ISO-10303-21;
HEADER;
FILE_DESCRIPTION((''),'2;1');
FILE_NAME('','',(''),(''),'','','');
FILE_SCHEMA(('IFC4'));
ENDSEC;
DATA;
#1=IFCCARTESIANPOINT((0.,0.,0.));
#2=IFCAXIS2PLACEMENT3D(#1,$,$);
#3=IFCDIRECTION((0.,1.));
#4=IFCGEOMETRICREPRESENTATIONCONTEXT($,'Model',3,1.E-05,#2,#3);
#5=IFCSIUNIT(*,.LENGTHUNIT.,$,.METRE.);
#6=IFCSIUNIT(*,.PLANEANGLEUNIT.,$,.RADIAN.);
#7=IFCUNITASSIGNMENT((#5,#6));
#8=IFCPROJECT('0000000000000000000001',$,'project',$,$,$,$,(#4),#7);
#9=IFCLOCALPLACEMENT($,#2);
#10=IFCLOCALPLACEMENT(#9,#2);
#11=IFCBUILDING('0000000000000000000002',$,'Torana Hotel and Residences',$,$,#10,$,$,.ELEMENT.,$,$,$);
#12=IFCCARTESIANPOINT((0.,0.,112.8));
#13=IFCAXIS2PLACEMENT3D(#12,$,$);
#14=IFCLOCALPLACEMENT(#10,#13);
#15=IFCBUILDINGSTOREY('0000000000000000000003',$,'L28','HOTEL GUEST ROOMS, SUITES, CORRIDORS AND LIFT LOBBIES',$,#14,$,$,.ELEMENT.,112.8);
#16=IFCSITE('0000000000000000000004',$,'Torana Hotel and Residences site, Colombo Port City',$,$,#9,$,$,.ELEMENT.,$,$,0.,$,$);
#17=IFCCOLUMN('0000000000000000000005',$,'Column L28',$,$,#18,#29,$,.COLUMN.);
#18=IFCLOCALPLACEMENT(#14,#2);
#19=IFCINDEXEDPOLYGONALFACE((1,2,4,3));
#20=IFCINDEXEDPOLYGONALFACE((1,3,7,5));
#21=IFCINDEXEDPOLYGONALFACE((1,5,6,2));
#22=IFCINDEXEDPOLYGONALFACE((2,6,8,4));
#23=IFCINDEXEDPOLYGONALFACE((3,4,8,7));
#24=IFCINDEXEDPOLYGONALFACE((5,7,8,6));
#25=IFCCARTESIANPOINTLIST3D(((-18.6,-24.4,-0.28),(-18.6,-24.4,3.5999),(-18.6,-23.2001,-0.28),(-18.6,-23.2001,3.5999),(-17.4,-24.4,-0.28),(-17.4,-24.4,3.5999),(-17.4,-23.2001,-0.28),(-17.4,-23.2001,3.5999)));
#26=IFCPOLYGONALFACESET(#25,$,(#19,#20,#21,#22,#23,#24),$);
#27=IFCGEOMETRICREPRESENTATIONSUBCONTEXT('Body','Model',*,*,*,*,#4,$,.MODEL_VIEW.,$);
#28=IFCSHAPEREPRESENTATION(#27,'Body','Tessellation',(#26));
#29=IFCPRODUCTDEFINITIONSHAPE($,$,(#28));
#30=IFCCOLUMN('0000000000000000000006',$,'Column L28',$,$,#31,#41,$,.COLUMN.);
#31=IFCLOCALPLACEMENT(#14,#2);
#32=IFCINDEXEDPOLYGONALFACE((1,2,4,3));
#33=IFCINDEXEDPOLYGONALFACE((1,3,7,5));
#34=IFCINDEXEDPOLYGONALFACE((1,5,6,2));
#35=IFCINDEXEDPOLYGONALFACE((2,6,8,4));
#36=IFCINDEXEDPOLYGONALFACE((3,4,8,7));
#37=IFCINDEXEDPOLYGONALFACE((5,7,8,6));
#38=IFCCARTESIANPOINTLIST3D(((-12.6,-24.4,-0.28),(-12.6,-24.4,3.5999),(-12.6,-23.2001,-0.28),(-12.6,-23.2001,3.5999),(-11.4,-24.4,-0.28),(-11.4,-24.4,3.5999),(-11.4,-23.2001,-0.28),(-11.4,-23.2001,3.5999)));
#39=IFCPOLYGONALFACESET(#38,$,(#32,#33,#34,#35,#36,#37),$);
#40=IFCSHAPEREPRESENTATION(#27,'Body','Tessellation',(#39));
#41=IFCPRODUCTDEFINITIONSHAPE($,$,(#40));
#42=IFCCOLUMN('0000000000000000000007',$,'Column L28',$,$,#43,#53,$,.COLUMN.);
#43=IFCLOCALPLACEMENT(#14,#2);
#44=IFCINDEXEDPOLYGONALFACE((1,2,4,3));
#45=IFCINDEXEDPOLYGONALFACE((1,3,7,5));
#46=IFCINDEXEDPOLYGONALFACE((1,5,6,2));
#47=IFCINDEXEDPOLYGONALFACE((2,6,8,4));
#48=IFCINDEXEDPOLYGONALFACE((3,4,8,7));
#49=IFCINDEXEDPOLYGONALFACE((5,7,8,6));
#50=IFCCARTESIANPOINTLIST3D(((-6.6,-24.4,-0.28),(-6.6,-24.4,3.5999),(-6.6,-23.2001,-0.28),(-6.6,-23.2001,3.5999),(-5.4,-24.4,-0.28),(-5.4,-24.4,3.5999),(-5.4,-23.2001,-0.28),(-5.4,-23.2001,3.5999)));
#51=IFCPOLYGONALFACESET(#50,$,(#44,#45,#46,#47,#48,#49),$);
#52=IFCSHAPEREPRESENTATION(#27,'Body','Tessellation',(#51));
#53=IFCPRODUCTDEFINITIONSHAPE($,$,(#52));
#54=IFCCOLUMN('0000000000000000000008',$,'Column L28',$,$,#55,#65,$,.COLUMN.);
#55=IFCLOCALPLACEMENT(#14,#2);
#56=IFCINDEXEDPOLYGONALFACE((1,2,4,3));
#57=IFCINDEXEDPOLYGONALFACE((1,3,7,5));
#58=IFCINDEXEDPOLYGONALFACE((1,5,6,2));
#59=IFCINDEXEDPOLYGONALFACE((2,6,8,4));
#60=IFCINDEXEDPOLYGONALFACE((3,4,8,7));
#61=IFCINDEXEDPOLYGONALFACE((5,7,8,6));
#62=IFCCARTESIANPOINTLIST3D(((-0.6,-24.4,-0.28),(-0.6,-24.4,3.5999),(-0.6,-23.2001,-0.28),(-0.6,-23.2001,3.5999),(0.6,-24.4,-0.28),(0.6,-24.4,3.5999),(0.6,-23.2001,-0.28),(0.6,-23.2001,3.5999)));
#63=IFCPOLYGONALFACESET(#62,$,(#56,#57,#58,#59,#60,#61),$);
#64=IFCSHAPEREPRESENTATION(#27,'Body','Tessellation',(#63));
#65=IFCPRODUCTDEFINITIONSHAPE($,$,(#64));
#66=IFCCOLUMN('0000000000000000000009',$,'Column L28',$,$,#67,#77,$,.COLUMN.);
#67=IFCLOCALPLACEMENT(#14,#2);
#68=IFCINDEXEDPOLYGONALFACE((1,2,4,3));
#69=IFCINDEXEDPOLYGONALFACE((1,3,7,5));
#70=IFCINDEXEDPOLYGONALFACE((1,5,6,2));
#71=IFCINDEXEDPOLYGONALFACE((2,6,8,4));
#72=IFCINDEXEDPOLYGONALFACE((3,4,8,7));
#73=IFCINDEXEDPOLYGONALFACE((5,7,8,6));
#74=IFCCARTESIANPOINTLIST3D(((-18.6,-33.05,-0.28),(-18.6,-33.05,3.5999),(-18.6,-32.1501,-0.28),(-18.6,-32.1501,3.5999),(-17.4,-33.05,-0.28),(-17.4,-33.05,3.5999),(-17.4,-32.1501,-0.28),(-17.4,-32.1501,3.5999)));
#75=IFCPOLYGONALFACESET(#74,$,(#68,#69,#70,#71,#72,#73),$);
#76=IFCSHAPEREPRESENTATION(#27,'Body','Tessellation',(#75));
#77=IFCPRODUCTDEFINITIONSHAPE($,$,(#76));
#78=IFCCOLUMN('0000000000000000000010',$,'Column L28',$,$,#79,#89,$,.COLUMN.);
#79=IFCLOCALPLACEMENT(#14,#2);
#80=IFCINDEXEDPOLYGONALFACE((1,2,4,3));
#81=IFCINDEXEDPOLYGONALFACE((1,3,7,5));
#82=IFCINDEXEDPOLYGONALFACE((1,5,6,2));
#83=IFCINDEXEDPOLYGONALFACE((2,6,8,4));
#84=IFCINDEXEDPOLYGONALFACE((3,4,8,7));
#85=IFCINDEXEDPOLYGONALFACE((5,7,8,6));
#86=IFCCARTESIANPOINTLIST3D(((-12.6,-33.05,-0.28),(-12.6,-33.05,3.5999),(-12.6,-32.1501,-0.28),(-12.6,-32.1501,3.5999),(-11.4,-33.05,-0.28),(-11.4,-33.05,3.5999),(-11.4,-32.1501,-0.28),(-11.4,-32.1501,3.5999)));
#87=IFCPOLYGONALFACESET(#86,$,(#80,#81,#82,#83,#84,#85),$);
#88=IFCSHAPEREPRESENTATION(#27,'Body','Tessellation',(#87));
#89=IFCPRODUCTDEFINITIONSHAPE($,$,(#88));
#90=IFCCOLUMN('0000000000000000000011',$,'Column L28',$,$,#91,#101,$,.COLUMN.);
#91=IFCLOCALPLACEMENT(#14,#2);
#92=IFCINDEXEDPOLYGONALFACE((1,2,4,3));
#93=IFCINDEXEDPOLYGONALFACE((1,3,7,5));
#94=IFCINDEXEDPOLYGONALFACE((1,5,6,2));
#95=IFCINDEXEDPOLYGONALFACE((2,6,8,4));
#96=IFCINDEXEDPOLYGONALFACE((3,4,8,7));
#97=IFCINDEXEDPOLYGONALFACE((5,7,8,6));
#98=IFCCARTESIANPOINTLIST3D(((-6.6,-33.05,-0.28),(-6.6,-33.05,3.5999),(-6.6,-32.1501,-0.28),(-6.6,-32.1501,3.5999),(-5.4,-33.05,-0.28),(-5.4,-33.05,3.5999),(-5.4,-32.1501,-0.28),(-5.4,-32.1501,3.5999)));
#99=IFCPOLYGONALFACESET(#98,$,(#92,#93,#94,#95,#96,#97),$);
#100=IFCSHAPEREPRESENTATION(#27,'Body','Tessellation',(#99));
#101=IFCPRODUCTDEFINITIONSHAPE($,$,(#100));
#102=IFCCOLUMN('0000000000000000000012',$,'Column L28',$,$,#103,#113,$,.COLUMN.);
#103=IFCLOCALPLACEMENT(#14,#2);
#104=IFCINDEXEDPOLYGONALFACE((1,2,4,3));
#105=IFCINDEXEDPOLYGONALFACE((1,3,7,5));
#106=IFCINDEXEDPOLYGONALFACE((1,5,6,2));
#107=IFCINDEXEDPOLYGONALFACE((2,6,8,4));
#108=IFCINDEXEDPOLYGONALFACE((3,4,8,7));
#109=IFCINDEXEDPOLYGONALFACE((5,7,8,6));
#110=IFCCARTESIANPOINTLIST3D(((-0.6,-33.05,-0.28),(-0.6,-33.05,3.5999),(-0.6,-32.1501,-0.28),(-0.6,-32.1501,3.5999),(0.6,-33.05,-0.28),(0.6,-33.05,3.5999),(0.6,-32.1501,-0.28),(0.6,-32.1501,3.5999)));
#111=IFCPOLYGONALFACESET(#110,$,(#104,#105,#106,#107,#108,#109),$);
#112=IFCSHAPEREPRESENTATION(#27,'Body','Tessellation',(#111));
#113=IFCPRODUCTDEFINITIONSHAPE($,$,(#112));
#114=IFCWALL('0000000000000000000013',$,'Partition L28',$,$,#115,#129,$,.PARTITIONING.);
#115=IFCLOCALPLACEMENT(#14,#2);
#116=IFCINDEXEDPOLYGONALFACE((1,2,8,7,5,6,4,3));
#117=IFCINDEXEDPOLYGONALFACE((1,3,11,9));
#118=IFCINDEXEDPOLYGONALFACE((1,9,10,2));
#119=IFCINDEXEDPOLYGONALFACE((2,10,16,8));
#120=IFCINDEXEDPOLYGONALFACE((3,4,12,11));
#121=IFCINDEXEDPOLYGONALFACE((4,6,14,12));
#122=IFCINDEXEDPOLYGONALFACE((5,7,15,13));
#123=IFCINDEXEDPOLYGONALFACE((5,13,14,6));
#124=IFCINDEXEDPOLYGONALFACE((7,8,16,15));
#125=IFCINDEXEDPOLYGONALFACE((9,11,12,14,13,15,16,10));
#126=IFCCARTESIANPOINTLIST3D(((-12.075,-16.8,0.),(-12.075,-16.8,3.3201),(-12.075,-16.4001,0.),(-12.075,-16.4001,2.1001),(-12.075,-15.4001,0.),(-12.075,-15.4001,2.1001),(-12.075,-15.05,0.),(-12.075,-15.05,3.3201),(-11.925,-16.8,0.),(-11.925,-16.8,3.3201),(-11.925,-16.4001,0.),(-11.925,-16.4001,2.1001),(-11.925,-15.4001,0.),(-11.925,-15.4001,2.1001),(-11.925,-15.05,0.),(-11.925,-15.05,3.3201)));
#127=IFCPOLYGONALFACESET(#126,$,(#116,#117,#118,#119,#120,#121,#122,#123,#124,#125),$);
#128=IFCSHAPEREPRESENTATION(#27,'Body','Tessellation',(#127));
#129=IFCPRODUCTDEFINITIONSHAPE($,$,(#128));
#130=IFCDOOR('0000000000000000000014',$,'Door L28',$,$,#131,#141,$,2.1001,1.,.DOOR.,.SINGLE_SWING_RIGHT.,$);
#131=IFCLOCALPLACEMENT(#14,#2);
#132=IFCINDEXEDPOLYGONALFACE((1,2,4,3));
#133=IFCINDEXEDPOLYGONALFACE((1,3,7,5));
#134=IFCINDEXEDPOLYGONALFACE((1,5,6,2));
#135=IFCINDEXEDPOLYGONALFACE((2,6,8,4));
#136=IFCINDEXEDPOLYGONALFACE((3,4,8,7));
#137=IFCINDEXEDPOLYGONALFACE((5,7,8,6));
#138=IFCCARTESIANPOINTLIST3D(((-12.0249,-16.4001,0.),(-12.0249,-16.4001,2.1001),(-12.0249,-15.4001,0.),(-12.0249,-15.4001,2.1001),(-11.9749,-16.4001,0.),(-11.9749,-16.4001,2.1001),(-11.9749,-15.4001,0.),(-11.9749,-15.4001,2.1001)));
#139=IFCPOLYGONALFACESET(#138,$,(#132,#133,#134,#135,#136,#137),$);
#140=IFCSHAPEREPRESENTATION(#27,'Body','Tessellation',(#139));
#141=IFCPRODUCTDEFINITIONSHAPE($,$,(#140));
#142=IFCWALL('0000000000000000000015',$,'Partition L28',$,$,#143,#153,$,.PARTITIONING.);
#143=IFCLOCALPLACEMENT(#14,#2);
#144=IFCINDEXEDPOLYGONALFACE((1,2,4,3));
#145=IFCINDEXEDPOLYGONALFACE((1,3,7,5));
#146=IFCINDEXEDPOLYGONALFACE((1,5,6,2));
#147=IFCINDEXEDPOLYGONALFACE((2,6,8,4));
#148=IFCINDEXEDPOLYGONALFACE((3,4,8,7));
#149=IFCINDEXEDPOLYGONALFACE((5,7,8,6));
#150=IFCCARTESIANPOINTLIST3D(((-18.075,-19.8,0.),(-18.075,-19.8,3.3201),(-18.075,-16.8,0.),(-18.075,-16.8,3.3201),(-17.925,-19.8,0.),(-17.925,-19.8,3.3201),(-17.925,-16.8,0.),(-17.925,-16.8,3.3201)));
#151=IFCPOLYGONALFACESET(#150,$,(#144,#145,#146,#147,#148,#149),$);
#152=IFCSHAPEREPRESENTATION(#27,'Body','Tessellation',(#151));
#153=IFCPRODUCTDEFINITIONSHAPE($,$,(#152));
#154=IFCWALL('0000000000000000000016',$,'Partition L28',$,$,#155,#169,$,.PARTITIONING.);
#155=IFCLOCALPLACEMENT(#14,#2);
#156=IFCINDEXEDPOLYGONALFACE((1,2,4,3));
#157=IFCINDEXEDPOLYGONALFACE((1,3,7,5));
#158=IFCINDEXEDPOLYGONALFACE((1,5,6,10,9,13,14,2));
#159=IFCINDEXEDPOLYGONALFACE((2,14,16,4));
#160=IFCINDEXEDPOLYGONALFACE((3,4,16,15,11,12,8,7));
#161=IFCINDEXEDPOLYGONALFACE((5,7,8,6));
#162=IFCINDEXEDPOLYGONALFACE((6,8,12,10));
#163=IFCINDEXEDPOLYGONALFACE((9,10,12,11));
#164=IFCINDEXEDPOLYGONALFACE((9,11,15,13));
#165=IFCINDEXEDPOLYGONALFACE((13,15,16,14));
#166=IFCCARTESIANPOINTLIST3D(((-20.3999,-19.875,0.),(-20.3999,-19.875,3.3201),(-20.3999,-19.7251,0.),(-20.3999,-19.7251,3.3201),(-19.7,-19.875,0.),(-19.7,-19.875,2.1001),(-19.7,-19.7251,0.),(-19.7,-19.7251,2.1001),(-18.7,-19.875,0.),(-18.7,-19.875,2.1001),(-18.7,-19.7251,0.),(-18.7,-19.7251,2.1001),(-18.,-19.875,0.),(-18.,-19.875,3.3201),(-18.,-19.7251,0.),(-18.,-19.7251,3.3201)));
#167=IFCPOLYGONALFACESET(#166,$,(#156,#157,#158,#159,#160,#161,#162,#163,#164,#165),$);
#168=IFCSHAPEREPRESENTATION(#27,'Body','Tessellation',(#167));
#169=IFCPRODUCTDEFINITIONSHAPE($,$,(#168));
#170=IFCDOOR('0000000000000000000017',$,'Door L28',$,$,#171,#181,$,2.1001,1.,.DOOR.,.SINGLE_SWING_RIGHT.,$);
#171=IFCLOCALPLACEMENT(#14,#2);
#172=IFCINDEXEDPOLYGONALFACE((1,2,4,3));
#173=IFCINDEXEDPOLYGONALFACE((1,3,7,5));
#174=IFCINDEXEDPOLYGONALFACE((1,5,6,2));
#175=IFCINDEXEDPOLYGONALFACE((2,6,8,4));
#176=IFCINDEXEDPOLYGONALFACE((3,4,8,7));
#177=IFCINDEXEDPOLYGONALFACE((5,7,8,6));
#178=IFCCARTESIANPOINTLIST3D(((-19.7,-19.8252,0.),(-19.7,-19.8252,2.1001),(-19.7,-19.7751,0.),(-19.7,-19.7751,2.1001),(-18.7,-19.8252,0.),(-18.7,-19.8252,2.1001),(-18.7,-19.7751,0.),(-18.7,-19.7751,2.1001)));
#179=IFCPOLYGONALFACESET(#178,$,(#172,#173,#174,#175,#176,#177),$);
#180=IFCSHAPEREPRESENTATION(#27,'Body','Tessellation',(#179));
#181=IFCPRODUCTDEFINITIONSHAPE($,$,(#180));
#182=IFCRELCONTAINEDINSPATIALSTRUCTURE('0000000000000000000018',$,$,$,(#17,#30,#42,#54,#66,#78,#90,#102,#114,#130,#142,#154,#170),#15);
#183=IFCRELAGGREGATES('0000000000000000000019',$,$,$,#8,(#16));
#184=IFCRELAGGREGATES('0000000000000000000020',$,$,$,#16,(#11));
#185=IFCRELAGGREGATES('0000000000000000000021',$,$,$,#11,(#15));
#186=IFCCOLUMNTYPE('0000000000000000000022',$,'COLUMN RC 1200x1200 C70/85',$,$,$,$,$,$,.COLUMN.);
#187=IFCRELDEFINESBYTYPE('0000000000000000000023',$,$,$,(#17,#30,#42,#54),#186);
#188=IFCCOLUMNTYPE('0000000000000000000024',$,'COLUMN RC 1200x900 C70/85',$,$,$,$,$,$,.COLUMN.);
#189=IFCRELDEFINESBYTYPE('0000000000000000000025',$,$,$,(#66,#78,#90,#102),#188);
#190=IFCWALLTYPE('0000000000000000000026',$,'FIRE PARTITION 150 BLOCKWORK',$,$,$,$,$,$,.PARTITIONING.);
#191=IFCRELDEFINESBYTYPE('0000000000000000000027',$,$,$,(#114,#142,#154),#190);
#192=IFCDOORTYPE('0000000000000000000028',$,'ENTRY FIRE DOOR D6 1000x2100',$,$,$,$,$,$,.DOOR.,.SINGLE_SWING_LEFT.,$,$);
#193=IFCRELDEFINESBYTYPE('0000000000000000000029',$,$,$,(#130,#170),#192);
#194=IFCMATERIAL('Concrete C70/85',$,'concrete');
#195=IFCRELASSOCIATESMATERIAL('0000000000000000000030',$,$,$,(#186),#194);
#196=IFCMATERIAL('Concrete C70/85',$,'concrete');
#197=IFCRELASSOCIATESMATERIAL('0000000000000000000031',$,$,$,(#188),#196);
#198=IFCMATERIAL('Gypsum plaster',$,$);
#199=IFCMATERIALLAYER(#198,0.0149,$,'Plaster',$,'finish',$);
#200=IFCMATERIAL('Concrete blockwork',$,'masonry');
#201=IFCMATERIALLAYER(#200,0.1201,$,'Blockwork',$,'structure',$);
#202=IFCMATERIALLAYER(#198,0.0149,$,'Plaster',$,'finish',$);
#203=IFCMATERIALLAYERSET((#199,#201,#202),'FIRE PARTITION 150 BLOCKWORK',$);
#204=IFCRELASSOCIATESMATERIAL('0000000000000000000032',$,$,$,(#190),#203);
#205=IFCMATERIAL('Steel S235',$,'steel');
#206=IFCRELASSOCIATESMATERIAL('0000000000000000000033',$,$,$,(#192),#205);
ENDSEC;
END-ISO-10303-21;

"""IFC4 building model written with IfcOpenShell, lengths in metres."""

from ifc_helpers import new_model, si_unit, direction, frame, frame_2d, origin, origin_2d, place, context, subcontext, project, spatial, rectangle, extrude, material, layer, layer_set, material_profile, profile_set, type_object, element, fill, save


model = new_model("IFC4")

# Units and contexts
model_context = context("Model", 3, precision=1e-05, world=origin(), true_north=direction((0.0, 1.0)))
body_context = subcontext(model_context, "Body", "Model", "MODEL_VIEW")
ifc_project = project(units=[si_unit("LENGTHUNIT", "METRE"), si_unit("PLANEANGLEUNIT", "RADIAN")], contexts=[model_context])

# Site, building, storey
site_placement = place(None, origin())
site = spatial("IfcSite", under=ifc_project, at=site_placement, Name="Torana Hotel and Residences site, Colombo Port City", CompositionType="ELEMENT", RefElevation=0.0)
building_placement = place(site_placement, origin())
building = spatial("IfcBuilding", under=site, at=building_placement, Name="Torana Hotel and Residences", CompositionType="ELEMENT")
storey_placement = place(building_placement, frame((0.0, 0.0, 112.8)))
storey = spatial("IfcBuildingStorey", under=building, at=storey_placement, Name="L28", Description="HOTEL GUEST ROOMS, SUITES, CORRIDORS AND LIFT LOBBIES", CompositionType="ELEMENT", Elevation=112.8)

# Columns
ifc_material_1 = material(Name="Concrete C70/85", Category="concrete")
ifc_material_profile_1 = material_profile(ifc_material_1, rectangle(XDim=1.2, YDim=1.2, at=origin_2d()), Name="RC 1200x1200")
ifc_profile_set_1 = profile_set([ifc_material_profile_1], Name="Concrete C70/85")
column_type_1 = type_object("IfcColumnType", Name="COLUMN RC 1200x1200 C70/85", PredefinedType="COLUMN", material=ifc_profile_set_1)
for number, where, z_axis, x_axis, name in (
    (1, (-18.0, -23.8, -0.28), (0.0, 0.0, 1.0), (1.0, 0.0, 0.0), "Column L28"),
    (2, (-12.0, -23.8, -0.28), (0.0, 0.0, 1.0), (1.0, 0.0, 0.0), "Column L28"),
    (3, (-6.0, -23.8, -0.28), (0.0, 0.0, 1.0), (1.0, 0.0, 0.0), "Column L28"),
    (4, (0.0, -23.8, -0.28), (0.0, 0.0, 1.0), (1.0, 0.0, 0.0), "Column L28"),
):
    element("IfcColumn", number, at=place(storey_placement, frame(where, z_axis=z_axis, x_axis=x_axis)), inside=storey, type_object=column_type_1, Name=name, PredefinedType="COLUMN", context=body_context, shape_type="SweptSolid", body=[
        extrude(rectangle(XDim=1.2, YDim=1.2, at=origin_2d()), origin(), (0.0, 0.0, 1.0), 3.8799),
    ])
ifc_material_2 = material(Name="Concrete C70/85", Category="concrete")
ifc_material_profile_2 = material_profile(ifc_material_2, rectangle(XDim=1.2, YDim=0.8999, at=origin_2d()), Name="RC 1200x900")
ifc_profile_set_2 = profile_set([ifc_material_profile_2], Name="Concrete C70/85")
column_type_2 = type_object("IfcColumnType", Name="COLUMN RC 1200x900 C70/85", PredefinedType="COLUMN", material=ifc_profile_set_2)
for number, where, z_axis, x_axis, name in (
    (5, (-18.0, -32.6001, -0.28), (0.0, 0.0, 1.0), (1.0, 0.0, 0.0), "Column L28"),
    (6, (-12.0, -32.6001, -0.28), (0.0, 0.0, 1.0), (1.0, 0.0, 0.0), "Column L28"),
    (7, (-6.0, -32.6001, -0.28), (0.0, 0.0, 1.0), (1.0, 0.0, 0.0), "Column L28"),
    (8, (0.0, -32.6001, -0.28), (0.0, 0.0, 1.0), (1.0, 0.0, 0.0), "Column L28"),
):
    element("IfcColumn", number, at=place(storey_placement, frame(where, z_axis=z_axis, x_axis=x_axis)), inside=storey, type_object=column_type_2, Name=name, PredefinedType="COLUMN", context=body_context, shape_type="SweptSolid", body=[
        extrude(rectangle(XDim=1.2, YDim=0.8999, at=origin_2d()), origin(), (0.0, 0.0, 1.0), 3.8799),
    ])

# Wall, opening, door
ifc_material_3 = material(Name="Gypsum plaster")
ifc_layer_1 = layer(ifc_material_3, 0.0149, Name="Plaster", Category="finish")
ifc_material_4 = material(Name="Concrete blockwork", Category="masonry")
ifc_layer_2 = layer(ifc_material_4, 0.1201, Name="Blockwork", Category="structure")
ifc_layer_3 = layer(ifc_material_3, 0.0149, Name="Plaster", Category="finish")
ifc_layer_set_1 = layer_set([ifc_layer_1, ifc_layer_2, ifc_layer_3], Name="FIRE PARTITION 150 BLOCKWORK")
wall_type_1 = type_object("IfcWallType", Name="FIRE PARTITION 150 BLOCKWORK", PredefinedType="PARTITIONING", material=ifc_layer_set_1)
wall_1_placement = place(storey_placement, frame((-12.0, -16.8, 0.0), z_axis=(0.0, 0.0, 1.0), x_axis=(0.0, 1.0, 0.0)))
wall_1 = element("IfcWall", 9, at=wall_1_placement, inside=storey, type_object=wall_type_1, Name="Partition L28", PredefinedType="PARTITIONING", context=body_context, shape_type="SweptSolid", body=[
    extrude(rectangle(XDim=1.75, YDim=0.1499, at=frame_2d((0.875, 0.0))), origin(), (0.0, 0.0, 1.0), 3.3201),
])
opening_1_placement = place(wall_1_placement, frame((0.3999, 0.0, 0.0)))
opening_1 = element("IfcOpeningElement", 10, at=opening_1_placement, cuts=wall_1, PredefinedType="OPENING", context=body_context, shape_type="SweptSolid", body=[
    extrude(rectangle(XDim=1.0, YDim=2.1001, at=frame_2d((0.5, 1.05))), frame((0.0, 0.085, 0.0), z_axis=(0.0, -1.0, 0.0), x_axis=(1.0, 0.0, 0.0)), (0.0, 0.0, 1.0), 0.1699),
])
ifc_material_5 = material(Name="Steel S235", Category="steel")
door_type_1 = type_object("IfcDoorType", Name="ENTRY FIRE DOOR D6 1000x2100", OperationType="SINGLE_SWING_LEFT", PredefinedType="DOOR", material=ifc_material_5)
door_1_placement = place(opening_1_placement, origin())
door_1 = element("IfcDoor", 11, at=door_1_placement, inside=storey, type_object=door_type_1, Name="Door L28", OperationType="SINGLE_SWING_RIGHT", OverallHeight=2.1001, OverallWidth=1.0, PredefinedType="DOOR", context=body_context, shape_type="SweptSolid", body=[
    extrude(rectangle(XDim=1.0, YDim=2.1001, at=frame_2d((0.5, 1.05))), frame((0.0, 0.0249, 0.0), z_axis=(0.0, -1.0, 0.0), x_axis=(1.0, 0.0, 0.0)), (0.0, 0.0, 1.0), 0.05),
])
fill(opening_1, door_1)

# Wall
wall_2_placement = place(storey_placement, frame((-18.0, -19.8, 0.0), z_axis=(0.0, 0.0, 1.0), x_axis=(0.0, 1.0, 0.0)))
element("IfcWall", 12, at=wall_2_placement, inside=storey, type_object=wall_type_1, Name="Partition L28", PredefinedType="PARTITIONING", context=body_context, shape_type="SweptSolid", body=[
    extrude(rectangle(XDim=3.0, YDim=0.1499, at=frame_2d((1.5, 0.0))), origin(), (0.0, 0.0, 1.0), 3.3201),
])

# Wall, opening, door
wall_3_placement = place(storey_placement, frame((-20.3999, -19.8, 0.0), z_axis=(0.0, 0.0, 1.0), x_axis=(1.0, 0.0, 0.0)))
wall_3 = element("IfcWall", 13, at=wall_3_placement, inside=storey, type_object=wall_type_1, Name="Partition L28", PredefinedType="PARTITIONING", context=body_context, shape_type="SweptSolid", body=[
    extrude(rectangle(XDim=2.3999, YDim=0.1499, at=frame_2d((1.2, 0.0))), origin(), (0.0, 0.0, 1.0), 3.3201),
])
opening_2_placement = place(wall_3_placement, frame((0.7, 0.0, 0.0)))
opening_2 = element("IfcOpeningElement", 14, at=opening_2_placement, cuts=wall_3, PredefinedType="OPENING", context=body_context, shape_type="SweptSolid", body=[
    extrude(rectangle(XDim=1.0, YDim=2.1001, at=frame_2d((0.5, 1.05))), frame((0.0, 0.085, 0.0), z_axis=(0.0, -1.0, 0.0), x_axis=(1.0, 0.0, 0.0)), (0.0, 0.0, 1.0), 0.1699),
])
door_2_placement = place(opening_2_placement, frame((0.5, 0.0, 0.0), z_axis=(0.0, 0.0, 1.0), x_axis=(-1.0, 0.0, 0.0)))
door_2 = element("IfcDoor", 15, at=door_2_placement, inside=storey, type_object=door_type_1, Name="Door L28", OperationType="SINGLE_SWING_RIGHT", OverallHeight=2.1001, OverallWidth=1.0, PredefinedType="DOOR", context=body_context, shape_type="SweptSolid", body=[
    extrude(rectangle(XDim=1.0, YDim=2.1001, at=frame_2d((0.0, 1.05))), frame((0.0, -0.0249, 0.0), z_axis=(0.0, 1.0, 0.0), x_axis=(-1.0, 0.0, 0.0)), (0.0, 0.0, 1.0), 0.05),
])
fill(opening_2, door_2)

save(model, "model.ifc")
